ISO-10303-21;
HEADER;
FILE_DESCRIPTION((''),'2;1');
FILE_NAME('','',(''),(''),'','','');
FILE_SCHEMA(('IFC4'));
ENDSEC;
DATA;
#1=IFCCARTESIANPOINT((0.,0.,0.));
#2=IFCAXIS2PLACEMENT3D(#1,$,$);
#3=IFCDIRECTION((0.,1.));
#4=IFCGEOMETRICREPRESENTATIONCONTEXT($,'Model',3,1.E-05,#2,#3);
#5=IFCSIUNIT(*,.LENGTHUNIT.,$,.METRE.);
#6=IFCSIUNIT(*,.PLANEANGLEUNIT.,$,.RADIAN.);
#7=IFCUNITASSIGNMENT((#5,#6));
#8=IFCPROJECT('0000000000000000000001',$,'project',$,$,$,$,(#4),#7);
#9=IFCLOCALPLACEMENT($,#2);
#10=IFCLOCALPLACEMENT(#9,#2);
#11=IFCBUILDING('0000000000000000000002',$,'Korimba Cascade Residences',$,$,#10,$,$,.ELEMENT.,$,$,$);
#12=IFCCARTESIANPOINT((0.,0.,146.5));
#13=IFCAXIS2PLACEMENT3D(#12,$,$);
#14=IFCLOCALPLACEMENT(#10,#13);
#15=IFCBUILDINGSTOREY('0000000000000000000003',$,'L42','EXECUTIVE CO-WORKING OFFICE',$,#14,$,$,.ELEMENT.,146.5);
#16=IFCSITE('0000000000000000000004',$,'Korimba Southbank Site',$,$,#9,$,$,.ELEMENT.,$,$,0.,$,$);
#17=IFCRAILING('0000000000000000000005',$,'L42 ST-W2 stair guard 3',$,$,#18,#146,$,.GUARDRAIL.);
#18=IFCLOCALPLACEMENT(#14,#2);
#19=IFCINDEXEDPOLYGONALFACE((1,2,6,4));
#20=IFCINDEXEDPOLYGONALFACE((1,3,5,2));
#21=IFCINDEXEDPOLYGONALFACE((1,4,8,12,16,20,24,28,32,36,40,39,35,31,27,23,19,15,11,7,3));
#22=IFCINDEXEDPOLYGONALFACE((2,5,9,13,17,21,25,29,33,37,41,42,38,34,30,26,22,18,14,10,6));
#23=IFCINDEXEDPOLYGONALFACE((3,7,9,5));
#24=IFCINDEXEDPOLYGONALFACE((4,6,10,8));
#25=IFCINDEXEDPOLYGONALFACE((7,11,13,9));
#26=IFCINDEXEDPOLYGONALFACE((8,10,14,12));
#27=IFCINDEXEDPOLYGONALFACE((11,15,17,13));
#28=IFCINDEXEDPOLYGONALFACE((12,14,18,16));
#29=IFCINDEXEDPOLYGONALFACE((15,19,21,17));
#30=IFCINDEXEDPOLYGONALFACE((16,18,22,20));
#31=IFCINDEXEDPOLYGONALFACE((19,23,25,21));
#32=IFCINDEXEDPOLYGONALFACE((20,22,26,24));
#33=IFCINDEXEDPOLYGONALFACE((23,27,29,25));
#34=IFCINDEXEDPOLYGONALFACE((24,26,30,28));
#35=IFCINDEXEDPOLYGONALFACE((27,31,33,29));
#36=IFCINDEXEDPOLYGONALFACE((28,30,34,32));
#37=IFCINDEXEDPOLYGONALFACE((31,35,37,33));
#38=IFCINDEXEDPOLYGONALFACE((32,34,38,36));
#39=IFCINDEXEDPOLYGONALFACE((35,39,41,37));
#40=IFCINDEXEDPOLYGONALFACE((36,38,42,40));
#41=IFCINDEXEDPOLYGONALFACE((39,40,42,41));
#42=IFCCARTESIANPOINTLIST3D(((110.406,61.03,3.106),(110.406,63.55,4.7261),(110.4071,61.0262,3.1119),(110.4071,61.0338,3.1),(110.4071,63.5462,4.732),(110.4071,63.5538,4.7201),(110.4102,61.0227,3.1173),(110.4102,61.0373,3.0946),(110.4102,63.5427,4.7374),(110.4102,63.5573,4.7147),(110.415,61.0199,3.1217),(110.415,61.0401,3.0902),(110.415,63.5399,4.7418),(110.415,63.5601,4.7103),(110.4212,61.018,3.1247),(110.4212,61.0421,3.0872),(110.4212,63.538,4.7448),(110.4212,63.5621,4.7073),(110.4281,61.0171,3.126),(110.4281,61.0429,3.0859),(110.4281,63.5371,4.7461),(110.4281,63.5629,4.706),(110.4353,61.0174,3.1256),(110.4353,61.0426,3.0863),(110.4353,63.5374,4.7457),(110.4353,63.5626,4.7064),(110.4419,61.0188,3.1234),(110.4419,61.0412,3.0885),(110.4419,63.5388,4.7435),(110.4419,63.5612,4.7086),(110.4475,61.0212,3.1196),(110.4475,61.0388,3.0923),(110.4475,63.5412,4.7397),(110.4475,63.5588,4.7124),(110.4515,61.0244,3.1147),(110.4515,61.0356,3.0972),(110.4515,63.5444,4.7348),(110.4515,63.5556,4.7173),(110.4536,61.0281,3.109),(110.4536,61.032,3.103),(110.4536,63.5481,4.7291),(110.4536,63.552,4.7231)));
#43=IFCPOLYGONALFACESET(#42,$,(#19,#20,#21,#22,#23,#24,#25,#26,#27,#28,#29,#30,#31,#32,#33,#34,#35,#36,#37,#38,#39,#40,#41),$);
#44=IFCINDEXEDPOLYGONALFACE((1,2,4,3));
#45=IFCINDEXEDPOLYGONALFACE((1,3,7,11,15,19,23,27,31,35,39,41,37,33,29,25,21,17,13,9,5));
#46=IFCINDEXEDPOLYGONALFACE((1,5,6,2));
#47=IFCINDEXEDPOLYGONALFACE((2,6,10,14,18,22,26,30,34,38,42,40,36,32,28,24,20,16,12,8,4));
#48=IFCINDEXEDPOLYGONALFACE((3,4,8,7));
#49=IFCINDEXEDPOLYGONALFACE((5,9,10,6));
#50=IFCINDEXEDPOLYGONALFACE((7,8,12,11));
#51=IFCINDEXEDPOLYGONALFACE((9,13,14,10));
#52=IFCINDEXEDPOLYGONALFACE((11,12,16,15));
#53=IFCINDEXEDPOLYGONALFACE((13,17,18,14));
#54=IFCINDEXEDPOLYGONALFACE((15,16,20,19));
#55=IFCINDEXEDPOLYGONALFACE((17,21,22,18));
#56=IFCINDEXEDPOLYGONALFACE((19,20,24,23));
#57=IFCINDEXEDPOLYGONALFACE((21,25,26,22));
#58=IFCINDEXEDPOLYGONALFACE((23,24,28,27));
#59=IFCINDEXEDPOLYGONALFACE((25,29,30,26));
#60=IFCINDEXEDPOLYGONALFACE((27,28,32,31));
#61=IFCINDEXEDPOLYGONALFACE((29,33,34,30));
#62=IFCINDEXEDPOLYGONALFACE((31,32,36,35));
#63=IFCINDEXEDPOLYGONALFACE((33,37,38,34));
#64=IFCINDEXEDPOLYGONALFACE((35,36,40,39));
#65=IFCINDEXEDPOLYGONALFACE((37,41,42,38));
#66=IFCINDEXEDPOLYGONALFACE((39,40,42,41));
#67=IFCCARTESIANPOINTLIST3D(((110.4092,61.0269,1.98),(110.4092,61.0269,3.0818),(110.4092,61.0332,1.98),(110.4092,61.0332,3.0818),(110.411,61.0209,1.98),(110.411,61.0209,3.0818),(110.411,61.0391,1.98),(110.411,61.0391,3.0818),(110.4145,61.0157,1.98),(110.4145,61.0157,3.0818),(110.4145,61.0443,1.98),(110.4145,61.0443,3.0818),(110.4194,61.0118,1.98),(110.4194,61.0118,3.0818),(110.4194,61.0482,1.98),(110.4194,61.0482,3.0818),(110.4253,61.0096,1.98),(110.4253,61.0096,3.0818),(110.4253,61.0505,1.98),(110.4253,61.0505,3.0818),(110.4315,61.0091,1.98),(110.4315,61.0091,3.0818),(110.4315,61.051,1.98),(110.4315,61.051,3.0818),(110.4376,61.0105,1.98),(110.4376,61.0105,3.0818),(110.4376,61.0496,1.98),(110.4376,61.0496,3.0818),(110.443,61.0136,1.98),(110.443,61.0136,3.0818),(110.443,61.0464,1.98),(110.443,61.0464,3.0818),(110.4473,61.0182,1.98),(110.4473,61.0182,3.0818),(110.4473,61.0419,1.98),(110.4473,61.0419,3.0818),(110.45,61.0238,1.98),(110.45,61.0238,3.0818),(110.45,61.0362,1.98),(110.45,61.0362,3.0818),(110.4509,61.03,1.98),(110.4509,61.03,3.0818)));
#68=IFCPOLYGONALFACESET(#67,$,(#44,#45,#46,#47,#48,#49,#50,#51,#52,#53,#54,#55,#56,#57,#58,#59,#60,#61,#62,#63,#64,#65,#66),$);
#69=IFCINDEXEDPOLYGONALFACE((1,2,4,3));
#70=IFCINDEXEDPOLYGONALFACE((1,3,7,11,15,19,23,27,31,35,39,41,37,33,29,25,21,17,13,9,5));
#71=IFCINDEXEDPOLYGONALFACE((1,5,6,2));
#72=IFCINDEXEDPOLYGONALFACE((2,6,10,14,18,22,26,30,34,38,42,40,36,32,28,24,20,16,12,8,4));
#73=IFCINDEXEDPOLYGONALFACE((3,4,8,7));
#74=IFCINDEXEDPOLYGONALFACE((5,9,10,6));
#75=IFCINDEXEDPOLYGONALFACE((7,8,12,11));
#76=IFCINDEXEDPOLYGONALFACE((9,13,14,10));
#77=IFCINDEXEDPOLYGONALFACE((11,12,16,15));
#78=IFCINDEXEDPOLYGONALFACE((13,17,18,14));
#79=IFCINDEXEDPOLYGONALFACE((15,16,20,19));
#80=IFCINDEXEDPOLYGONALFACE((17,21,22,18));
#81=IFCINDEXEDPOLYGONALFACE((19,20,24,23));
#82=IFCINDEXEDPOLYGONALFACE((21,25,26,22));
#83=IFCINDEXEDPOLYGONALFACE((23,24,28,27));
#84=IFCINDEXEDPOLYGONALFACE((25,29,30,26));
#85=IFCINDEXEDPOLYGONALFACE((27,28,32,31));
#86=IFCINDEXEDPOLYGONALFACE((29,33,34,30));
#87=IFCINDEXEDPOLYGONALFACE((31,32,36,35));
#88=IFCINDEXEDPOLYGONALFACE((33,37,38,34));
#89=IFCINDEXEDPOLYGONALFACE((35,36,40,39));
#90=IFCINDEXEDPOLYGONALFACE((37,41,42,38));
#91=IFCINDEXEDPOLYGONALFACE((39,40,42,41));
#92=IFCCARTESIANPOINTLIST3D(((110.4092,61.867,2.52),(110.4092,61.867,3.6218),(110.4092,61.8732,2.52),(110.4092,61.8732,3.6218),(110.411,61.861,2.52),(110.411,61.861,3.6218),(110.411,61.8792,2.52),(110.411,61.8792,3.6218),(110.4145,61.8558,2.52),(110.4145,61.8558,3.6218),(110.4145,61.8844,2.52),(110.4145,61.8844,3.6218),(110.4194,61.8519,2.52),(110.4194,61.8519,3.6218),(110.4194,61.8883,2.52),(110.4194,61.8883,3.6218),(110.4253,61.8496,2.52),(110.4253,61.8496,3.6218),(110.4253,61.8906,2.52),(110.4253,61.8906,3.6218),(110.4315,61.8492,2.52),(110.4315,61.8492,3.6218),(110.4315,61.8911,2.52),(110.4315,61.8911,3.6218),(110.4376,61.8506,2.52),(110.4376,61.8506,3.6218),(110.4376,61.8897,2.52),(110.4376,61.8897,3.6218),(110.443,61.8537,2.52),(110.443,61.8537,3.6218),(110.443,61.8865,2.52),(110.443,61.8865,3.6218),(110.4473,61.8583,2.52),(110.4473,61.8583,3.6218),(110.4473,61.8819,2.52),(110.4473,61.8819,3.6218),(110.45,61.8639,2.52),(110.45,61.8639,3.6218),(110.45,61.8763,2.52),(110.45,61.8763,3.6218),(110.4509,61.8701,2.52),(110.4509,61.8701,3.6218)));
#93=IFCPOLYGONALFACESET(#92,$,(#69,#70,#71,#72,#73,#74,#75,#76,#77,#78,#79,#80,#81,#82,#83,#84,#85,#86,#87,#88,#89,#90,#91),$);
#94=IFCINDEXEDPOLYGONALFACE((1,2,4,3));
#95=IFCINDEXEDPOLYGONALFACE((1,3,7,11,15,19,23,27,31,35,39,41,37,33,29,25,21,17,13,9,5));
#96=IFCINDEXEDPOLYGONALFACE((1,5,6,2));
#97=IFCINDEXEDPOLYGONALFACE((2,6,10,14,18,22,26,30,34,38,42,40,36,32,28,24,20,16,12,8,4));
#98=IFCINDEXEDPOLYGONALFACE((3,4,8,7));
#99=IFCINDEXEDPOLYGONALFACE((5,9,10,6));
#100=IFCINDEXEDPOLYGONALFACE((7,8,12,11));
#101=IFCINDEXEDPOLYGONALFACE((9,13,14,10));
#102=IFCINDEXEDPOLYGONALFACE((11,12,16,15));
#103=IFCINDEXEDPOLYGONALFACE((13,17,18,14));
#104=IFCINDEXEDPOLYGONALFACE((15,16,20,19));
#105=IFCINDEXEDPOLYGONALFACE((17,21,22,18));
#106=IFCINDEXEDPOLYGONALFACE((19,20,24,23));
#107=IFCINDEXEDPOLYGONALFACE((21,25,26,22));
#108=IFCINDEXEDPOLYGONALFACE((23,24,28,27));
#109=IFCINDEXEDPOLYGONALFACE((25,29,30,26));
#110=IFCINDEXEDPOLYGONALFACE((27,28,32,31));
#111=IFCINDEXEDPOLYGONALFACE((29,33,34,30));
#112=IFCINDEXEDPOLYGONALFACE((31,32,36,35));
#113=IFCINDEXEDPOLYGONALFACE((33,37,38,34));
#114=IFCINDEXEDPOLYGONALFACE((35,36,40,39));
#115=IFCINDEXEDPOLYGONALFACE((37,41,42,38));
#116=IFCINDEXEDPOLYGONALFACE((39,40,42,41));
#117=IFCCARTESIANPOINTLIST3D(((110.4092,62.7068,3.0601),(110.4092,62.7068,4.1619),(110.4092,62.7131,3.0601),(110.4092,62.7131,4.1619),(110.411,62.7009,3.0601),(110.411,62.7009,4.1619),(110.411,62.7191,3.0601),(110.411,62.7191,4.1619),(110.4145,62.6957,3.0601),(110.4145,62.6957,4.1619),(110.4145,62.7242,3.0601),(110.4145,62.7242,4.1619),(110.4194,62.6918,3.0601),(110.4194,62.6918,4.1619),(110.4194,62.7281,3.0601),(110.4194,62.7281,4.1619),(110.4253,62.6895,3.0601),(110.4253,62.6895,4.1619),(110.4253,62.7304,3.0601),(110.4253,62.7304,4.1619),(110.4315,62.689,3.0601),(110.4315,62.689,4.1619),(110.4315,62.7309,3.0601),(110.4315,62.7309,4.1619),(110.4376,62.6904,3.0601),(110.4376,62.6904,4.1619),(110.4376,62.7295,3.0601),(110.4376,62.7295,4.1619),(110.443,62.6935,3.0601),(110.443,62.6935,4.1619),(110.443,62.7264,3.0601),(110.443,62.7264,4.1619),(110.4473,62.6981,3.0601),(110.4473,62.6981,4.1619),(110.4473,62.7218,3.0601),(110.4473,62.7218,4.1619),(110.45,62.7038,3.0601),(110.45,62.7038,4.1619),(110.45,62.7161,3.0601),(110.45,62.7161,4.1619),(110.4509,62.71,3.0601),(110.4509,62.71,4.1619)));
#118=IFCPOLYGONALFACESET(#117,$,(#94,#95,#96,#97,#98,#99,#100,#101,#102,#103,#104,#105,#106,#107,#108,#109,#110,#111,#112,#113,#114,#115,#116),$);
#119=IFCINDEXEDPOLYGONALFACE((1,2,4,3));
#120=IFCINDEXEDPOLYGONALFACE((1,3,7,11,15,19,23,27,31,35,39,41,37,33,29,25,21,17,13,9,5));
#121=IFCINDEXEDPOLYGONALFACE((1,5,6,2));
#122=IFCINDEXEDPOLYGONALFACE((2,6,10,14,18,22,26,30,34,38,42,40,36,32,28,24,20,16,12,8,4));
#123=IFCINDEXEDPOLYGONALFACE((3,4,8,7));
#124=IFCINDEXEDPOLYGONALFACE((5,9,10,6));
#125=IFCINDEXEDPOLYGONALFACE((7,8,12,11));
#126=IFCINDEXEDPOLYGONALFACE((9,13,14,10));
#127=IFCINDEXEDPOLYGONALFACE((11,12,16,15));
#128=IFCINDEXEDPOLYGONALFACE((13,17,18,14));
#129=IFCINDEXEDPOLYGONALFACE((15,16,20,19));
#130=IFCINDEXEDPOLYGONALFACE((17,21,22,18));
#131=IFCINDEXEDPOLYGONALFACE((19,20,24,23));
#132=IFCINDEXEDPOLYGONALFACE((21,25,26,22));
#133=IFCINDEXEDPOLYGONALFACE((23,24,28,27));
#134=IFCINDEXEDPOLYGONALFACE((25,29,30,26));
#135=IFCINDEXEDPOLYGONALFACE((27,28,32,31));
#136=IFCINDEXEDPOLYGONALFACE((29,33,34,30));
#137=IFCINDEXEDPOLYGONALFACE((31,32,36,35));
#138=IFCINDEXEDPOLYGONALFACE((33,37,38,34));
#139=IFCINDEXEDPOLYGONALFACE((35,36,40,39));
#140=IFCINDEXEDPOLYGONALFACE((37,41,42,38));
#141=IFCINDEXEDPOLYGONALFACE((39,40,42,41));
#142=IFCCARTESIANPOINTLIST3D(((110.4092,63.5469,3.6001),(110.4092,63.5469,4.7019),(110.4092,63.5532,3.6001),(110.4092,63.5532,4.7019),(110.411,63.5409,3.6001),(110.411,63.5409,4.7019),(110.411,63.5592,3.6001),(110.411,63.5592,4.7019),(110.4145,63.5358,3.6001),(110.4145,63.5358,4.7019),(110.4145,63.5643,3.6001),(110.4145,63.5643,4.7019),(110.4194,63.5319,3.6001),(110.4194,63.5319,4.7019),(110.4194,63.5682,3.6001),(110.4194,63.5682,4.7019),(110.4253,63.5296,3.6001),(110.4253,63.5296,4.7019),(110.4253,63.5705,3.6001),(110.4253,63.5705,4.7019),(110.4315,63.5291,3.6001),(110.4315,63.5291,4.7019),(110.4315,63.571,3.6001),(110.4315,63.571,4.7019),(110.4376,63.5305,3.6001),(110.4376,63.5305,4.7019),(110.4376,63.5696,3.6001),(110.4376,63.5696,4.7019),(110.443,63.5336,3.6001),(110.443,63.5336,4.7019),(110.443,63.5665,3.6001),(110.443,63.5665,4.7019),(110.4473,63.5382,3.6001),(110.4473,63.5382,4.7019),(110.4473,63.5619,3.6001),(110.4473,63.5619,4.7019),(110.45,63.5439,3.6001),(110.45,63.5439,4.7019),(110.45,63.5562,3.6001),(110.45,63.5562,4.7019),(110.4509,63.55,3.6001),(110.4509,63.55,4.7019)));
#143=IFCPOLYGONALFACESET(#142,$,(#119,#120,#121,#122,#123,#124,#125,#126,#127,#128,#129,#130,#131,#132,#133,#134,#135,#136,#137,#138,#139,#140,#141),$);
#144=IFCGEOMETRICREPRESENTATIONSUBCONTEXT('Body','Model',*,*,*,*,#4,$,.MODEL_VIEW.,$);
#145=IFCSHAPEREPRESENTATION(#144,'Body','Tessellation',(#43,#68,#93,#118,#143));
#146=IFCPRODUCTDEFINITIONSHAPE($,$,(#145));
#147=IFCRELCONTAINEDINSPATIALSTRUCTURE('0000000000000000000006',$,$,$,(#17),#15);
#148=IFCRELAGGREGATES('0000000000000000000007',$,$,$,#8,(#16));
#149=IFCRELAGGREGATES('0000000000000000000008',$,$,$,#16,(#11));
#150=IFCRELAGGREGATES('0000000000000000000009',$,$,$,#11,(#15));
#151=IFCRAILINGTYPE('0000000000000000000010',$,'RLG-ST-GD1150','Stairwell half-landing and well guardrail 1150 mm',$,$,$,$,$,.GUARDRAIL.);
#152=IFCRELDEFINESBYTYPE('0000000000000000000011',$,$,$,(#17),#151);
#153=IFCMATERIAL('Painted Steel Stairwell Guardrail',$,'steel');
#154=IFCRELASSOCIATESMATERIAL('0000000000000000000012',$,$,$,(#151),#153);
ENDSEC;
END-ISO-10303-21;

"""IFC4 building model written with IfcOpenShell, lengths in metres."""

from ifc_helpers import new_model, si_unit, direction, frame, origin, origin_2d, place, context, subcontext, project, spatial, circle, extrude, material, type_object, element, save


model = new_model("IFC4")

# Units and contexts
model_context = context("Model", 3, precision=1e-05, world=origin(), true_north=direction((0.0, 1.0)))
body_context = subcontext(model_context, "Body", "Model", "MODEL_VIEW")
ifc_project = project(units=[si_unit("LENGTHUNIT", "METRE"), si_unit("PLANEANGLEUNIT", "RADIAN")], contexts=[model_context])

# Site, building, storey
site_placement = place(None, origin())
site = spatial("IfcSite", under=ifc_project, at=site_placement, Name="Korimba Southbank Site", CompositionType="ELEMENT", RefElevation=0.0)
building_placement = place(site_placement, origin())
building = spatial("IfcBuilding", under=site, at=building_placement, Name="Korimba Cascade Residences", CompositionType="ELEMENT")
storey_placement = place(building_placement, frame((0.0, 0.0, 146.5)))
storey = spatial("IfcBuildingStorey", under=building, at=storey_placement, Name="L42", Description="EXECUTIVE CO-WORKING OFFICE", CompositionType="ELEMENT", Elevation=146.5)

# Railing
ifc_material_1 = material(Name="Painted Steel Stairwell Guardrail", Category="steel")
railing_type_1 = type_object("IfcRailingType", Name="RLG-ST-GD1150", Description="Stairwell half-landing and well guardrail 1150 mm", PredefinedType="GUARDRAIL", material=ifc_material_1)
railing_1_placement = place(storey_placement, frame((110.4299, 61.03, 1.98)))
element("IfcRailing", 1, at=railing_1_placement, inside=storey, type_object=railing_type_1, Name="L42 ST-W2 stair guard 3", PredefinedType="GUARDRAIL", context=body_context, shape_type="SweptSolid", body=[
    extrude(circle(Radius=0.0239, at=origin_2d()), frame((0.0, 0.0, 1.126), z_axis=(0.0, 0.841163, 0.540782), x_axis=(-1.0, 0.0, 0.0)), (0.0, 0.0, 1.0), 2.9958),
    extrude(circle(Radius=0.021, at=origin_2d()), origin(), (0.0, 0.0, 1.0), 1.1018),
    extrude(circle(Radius=0.021, at=origin_2d()), frame((0.0, 0.8401, 0.54)), (0.0, 0.0, 1.0), 1.1018),
    extrude(circle(Radius=0.021, at=origin_2d()), frame((0.0, 1.6799, 1.0801)), (0.0, 0.0, 1.0), 1.1018),
    extrude(circle(Radius=0.021, at=origin_2d()), frame((0.0, 2.52, 1.6201)), (0.0, 0.0, 1.0), 1.1018),
])

save(model, "model.ifc")
